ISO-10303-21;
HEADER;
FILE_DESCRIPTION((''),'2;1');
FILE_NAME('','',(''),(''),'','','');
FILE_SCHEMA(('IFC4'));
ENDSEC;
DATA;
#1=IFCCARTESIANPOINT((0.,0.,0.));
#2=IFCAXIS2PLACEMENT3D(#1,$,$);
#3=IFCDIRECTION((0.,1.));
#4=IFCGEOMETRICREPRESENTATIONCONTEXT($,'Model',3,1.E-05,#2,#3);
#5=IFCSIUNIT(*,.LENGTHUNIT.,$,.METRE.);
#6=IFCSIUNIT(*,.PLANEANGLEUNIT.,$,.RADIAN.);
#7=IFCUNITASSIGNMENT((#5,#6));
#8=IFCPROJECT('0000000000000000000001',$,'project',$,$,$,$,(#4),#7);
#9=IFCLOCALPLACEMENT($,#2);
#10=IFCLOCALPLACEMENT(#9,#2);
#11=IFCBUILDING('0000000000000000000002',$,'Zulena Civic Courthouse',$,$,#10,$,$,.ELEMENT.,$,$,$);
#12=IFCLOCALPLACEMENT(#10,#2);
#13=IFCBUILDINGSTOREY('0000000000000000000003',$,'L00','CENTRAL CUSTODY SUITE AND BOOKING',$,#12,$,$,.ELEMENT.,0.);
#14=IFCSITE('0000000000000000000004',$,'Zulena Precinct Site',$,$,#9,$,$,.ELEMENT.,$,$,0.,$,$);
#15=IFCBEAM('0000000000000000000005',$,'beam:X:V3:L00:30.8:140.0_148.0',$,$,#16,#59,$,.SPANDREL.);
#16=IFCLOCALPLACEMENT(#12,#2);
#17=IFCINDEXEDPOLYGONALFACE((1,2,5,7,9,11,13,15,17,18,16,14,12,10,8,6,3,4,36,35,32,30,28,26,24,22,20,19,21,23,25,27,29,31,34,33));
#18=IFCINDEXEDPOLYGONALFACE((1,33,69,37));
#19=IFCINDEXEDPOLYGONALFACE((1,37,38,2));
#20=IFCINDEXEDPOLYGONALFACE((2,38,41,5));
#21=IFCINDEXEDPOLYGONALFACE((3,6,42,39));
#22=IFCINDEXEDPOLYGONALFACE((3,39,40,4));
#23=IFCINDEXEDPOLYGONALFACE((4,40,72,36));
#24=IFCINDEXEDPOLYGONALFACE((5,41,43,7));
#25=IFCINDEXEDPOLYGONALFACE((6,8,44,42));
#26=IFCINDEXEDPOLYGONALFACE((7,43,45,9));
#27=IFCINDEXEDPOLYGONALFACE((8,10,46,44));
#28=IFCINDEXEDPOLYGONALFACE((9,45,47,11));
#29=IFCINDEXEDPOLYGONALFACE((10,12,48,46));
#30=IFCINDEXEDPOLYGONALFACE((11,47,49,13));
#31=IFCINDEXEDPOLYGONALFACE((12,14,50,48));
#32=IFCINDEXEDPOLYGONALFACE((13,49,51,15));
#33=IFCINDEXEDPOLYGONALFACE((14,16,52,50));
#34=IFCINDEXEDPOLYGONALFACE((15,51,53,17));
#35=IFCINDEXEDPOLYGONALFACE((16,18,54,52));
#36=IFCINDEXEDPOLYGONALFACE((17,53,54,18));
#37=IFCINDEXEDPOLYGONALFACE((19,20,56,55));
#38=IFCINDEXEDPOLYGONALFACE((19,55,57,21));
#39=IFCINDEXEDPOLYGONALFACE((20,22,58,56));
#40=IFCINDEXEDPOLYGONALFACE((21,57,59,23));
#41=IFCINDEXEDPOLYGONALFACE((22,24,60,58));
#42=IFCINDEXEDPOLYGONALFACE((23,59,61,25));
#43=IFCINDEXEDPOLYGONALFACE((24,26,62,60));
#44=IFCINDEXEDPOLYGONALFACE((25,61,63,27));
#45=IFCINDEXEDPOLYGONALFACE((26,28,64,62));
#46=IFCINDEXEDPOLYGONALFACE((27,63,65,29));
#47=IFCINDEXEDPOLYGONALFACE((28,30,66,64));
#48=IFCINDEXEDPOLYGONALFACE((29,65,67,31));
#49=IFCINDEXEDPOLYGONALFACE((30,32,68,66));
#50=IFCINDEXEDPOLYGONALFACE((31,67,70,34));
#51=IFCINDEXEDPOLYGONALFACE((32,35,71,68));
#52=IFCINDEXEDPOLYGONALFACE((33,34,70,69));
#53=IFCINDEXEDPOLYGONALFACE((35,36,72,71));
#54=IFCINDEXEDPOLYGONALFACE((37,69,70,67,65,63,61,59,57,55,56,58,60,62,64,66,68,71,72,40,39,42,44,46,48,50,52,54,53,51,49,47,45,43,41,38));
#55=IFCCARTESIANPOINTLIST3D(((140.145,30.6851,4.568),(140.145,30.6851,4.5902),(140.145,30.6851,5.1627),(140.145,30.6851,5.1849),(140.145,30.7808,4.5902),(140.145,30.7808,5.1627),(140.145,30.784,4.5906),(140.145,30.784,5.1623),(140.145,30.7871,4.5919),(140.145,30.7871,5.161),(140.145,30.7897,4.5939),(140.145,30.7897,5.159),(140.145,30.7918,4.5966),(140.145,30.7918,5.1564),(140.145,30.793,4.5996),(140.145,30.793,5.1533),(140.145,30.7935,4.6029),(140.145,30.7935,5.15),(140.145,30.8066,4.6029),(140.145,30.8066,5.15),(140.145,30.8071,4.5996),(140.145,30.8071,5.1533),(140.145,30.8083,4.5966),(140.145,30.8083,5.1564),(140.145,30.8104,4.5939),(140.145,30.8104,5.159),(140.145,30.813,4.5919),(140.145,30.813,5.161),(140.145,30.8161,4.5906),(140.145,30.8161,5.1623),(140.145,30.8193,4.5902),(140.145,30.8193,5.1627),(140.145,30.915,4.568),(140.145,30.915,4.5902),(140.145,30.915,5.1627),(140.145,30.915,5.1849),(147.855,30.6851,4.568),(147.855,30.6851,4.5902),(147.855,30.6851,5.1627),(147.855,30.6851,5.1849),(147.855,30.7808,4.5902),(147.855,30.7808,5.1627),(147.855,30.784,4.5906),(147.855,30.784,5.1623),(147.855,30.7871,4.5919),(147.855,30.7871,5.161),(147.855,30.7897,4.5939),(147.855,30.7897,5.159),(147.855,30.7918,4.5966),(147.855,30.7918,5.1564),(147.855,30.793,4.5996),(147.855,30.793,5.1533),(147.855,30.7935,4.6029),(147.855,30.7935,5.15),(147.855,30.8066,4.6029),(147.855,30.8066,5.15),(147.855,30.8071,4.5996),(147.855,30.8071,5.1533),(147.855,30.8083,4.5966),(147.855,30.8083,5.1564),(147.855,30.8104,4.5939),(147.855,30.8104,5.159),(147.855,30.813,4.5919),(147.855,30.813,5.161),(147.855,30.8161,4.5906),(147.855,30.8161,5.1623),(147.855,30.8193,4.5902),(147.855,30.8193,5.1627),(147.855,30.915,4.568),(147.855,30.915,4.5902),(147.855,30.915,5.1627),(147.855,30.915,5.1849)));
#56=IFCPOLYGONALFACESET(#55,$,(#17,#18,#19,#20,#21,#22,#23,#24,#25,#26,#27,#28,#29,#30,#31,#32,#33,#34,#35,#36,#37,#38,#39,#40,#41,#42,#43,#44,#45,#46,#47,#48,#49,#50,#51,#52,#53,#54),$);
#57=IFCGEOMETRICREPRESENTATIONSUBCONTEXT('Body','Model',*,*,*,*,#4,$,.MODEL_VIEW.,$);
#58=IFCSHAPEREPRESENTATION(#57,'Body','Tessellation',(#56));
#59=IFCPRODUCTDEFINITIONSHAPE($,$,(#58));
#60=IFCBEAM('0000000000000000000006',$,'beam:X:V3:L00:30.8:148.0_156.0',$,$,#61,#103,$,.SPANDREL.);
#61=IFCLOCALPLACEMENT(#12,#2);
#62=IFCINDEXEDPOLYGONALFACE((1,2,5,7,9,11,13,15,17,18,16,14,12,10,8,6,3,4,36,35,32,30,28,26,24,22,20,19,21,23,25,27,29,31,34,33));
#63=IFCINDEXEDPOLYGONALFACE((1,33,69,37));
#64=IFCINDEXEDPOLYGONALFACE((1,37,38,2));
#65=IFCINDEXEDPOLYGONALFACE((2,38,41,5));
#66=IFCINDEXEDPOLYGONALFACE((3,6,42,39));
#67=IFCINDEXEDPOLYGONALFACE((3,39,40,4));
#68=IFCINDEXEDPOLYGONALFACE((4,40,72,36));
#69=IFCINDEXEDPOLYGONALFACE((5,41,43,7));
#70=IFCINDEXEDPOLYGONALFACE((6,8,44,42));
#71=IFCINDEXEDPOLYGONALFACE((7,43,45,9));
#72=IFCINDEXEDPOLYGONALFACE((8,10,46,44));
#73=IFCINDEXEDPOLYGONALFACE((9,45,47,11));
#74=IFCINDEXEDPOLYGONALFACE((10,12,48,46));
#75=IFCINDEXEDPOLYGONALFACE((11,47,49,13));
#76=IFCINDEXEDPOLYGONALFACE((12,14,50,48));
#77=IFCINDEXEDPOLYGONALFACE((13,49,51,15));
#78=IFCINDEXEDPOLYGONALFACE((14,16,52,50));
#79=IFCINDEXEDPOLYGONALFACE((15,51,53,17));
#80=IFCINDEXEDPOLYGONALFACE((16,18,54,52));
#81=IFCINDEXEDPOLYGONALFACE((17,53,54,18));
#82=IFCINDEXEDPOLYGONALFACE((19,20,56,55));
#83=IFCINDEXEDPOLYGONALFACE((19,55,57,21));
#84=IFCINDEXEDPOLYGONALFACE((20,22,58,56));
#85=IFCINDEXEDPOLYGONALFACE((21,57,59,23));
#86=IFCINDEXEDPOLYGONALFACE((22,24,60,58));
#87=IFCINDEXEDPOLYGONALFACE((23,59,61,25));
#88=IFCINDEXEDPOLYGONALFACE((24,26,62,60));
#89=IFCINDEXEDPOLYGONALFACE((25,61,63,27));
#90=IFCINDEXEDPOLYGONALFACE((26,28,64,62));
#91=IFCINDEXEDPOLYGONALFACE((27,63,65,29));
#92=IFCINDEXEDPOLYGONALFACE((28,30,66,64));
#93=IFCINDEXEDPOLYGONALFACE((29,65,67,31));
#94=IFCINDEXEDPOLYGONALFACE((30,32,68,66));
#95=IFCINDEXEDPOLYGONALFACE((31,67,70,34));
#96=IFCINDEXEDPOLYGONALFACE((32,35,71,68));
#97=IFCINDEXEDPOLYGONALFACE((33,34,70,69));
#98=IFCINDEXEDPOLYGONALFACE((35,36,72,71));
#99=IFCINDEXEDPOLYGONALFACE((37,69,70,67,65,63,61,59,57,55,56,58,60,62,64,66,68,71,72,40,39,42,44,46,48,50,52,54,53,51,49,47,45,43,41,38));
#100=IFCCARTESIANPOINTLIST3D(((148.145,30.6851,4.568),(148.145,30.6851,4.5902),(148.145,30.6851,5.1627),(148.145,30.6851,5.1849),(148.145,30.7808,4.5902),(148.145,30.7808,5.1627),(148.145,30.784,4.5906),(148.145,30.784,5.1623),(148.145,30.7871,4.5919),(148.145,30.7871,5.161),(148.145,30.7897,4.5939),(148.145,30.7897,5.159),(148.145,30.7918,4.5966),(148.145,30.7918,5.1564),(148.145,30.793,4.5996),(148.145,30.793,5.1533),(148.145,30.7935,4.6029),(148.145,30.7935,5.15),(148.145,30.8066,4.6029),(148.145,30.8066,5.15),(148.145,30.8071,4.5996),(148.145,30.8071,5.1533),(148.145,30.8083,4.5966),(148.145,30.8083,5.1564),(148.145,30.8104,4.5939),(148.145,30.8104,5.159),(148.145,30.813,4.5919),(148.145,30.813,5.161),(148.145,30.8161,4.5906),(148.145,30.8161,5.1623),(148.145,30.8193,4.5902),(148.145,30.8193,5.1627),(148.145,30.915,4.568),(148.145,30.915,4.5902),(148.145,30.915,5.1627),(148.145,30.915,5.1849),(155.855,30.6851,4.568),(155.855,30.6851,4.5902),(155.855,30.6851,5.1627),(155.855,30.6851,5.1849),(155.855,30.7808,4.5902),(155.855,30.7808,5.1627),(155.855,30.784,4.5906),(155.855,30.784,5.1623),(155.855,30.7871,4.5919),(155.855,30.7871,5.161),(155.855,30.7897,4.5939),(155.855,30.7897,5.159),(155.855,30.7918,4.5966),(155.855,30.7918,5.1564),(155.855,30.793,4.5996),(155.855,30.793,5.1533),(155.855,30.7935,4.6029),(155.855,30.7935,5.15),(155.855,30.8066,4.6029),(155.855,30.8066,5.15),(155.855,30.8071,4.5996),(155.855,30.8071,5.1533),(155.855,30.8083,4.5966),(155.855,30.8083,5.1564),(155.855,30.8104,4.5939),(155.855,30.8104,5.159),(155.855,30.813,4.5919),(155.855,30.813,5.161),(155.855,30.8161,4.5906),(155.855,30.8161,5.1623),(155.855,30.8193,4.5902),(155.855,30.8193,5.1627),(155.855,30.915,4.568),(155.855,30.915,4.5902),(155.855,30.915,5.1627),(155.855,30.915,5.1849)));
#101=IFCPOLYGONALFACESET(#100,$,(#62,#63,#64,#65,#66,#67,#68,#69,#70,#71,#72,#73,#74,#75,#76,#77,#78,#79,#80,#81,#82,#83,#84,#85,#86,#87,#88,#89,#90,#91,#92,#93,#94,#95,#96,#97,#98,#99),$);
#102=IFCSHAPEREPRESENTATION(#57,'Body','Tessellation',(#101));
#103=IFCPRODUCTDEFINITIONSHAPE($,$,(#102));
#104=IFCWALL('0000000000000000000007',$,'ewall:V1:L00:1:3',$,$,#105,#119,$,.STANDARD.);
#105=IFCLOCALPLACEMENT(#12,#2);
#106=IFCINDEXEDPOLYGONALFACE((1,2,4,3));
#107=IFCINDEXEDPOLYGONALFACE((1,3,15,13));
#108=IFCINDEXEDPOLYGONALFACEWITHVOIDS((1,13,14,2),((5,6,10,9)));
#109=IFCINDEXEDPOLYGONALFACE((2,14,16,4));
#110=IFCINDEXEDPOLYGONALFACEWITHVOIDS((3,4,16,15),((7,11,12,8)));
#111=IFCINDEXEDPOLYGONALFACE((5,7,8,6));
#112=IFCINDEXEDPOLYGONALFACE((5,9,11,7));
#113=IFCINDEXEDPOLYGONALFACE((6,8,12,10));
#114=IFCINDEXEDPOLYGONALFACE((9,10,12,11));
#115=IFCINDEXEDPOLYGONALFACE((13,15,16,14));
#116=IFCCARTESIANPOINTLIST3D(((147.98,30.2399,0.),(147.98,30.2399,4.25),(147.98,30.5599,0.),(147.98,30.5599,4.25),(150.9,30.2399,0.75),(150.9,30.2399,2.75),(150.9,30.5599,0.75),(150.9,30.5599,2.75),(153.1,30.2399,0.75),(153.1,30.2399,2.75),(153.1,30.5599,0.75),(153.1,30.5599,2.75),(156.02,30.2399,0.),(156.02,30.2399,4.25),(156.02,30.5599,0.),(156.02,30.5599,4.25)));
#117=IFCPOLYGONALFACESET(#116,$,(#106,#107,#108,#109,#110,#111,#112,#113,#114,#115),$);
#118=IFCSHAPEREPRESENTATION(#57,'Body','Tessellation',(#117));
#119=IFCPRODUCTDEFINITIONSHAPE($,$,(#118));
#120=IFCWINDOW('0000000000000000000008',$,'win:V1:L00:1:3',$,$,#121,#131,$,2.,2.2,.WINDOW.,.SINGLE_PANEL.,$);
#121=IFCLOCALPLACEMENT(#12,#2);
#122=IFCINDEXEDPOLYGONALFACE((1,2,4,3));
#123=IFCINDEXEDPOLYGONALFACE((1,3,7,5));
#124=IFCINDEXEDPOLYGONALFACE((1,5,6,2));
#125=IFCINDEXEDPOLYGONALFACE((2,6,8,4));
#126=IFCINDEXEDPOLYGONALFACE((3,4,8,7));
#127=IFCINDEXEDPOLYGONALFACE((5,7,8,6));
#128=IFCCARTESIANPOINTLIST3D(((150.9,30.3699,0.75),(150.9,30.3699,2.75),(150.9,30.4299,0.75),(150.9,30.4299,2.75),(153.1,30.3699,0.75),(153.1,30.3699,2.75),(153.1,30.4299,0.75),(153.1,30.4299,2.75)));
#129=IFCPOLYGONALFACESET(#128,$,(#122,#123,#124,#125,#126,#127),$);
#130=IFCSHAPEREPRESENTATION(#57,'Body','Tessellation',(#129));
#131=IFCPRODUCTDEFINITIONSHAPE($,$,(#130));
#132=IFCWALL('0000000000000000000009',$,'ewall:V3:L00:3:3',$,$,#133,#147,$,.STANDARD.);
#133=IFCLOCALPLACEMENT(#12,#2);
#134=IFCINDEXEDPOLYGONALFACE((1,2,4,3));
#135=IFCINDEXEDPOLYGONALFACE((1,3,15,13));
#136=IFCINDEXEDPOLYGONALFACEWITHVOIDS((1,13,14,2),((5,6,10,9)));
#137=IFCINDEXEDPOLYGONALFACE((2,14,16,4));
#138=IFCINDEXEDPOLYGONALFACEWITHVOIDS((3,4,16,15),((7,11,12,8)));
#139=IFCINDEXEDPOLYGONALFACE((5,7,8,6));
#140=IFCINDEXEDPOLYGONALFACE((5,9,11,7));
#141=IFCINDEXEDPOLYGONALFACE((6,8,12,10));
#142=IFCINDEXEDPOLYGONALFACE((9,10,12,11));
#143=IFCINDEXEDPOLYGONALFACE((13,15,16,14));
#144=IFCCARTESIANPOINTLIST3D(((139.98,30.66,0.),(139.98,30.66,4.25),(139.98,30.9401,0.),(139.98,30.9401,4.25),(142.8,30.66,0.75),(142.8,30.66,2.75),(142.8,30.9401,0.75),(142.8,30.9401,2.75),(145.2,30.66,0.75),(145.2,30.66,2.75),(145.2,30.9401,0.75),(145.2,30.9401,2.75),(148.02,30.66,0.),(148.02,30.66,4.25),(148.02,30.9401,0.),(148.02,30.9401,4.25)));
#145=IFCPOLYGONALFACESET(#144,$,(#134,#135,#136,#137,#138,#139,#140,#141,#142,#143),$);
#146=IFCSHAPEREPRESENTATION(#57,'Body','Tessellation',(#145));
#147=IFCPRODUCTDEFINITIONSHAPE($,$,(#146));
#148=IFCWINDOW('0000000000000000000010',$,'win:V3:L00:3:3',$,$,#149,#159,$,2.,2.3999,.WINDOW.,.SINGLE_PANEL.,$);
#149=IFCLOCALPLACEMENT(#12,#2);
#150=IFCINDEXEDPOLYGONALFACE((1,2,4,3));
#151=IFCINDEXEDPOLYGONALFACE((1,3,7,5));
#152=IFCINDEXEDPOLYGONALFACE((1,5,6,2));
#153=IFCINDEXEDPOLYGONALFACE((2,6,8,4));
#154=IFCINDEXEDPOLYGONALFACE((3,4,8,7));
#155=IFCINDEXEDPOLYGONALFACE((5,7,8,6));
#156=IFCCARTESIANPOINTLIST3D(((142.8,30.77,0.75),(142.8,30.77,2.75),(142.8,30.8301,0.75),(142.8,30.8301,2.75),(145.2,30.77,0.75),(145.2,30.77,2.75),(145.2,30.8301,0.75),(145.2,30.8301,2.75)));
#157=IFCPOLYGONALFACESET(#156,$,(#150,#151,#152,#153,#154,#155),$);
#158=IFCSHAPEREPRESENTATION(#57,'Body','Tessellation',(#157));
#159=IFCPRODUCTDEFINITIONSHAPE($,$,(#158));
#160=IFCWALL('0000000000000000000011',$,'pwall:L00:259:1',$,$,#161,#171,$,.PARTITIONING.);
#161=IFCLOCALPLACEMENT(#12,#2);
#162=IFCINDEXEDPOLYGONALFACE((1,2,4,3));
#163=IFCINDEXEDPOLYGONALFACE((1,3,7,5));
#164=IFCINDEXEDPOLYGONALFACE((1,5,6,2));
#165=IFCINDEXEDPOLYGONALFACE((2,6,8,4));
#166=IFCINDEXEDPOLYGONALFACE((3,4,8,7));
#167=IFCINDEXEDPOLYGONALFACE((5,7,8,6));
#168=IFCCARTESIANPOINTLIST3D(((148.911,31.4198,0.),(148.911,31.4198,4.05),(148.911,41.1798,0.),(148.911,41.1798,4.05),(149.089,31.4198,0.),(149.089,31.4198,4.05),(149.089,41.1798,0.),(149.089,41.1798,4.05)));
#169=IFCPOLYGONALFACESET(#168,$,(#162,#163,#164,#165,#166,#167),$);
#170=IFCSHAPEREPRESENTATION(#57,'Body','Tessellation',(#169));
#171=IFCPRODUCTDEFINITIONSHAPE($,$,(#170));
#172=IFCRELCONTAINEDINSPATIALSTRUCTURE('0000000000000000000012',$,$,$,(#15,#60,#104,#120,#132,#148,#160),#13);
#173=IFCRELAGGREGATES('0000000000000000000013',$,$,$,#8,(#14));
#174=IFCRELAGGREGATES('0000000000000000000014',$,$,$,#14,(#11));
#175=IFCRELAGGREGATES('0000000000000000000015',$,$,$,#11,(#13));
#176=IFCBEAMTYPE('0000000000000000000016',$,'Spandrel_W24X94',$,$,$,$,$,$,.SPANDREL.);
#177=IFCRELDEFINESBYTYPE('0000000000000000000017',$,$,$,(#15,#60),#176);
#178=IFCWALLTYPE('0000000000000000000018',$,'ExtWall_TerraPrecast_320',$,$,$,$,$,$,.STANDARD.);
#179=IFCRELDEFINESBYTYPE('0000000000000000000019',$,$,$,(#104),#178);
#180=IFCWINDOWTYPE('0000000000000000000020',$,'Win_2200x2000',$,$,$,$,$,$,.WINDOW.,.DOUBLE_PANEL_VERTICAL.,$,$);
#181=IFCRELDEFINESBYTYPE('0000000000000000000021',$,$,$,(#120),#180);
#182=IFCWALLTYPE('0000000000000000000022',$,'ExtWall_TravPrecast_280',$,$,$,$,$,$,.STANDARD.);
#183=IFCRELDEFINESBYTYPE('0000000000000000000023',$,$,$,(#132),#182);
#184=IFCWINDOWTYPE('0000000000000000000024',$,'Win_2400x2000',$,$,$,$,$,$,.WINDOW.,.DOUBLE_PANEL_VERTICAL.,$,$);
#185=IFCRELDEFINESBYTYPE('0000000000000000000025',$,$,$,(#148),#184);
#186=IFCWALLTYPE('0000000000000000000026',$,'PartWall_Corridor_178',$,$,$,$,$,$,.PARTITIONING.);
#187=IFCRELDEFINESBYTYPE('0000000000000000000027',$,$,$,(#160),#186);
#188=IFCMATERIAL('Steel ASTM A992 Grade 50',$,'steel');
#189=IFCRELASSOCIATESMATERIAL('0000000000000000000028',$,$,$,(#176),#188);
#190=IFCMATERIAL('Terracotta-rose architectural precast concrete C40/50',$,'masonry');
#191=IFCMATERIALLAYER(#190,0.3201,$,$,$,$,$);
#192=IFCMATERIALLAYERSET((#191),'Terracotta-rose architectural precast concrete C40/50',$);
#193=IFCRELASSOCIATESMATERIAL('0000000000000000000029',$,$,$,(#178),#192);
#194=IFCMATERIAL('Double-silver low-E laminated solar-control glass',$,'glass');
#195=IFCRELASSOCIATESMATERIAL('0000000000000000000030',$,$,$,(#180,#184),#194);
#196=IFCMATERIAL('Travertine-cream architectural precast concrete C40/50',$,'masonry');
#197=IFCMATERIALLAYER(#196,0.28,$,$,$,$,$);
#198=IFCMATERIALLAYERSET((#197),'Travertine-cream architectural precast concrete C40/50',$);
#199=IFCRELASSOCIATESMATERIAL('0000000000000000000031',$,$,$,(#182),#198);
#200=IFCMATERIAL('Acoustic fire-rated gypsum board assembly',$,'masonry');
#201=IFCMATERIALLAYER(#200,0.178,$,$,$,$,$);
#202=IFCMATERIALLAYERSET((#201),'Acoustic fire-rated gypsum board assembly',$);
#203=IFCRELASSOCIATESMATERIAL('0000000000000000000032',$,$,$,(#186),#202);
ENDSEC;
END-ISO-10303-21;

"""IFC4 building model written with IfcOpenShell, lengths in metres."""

from ifc_helpers import new_model, si_unit, direction, frame, frame_2d, origin, origin_2d, place, context, subcontext, project, spatial, rectangle, i_section, extrude, material, layer, layer_set, material_profile, profile_set, type_object, element, fill, save


model = new_model("IFC4")

# Units and contexts
model_context = context("Model", 3, precision=1e-05, world=origin(), true_north=direction((0.0, 1.0)))
body_context = subcontext(model_context, "Body", "Model", "MODEL_VIEW")
ifc_project = project(units=[si_unit("LENGTHUNIT", "METRE"), si_unit("PLANEANGLEUNIT", "RADIAN")], contexts=[model_context])

# Site, building, storey
site_placement = place(None, origin())
site = spatial("IfcSite", under=ifc_project, at=site_placement, Name="Zulena Precinct Site", CompositionType="ELEMENT", RefElevation=0.0)
building_placement = place(site_placement, origin())
building = spatial("IfcBuilding", under=site, at=building_placement, Name="Zulena Civic Courthouse", CompositionType="ELEMENT")
storey_placement = place(building_placement, origin())
storey = spatial("IfcBuildingStorey", under=building, at=storey_placement, Name="L00", Description="CENTRAL CUSTODY SUITE AND BOOKING", CompositionType="ELEMENT", Elevation=0.0)

# Shared definitions
ifc_material_1 = material(Name="Steel ASTM A992 Grade 50", Category="steel")

# Beams
ifc_material_profile_1 = material_profile(ifc_material_1, i_section(OverallWidth=0.23, OverallDepth=0.6169, WebThickness=0.0132, FlangeThickness=0.0222, FilletRadius=0.0127, at=origin_2d()), Name="W24X94")
ifc_profile_set_1 = profile_set([ifc_material_profile_1], Name="Steel ASTM A992 Grade 50")
beam_type_1 = type_object("IfcBeamType", Name="Spandrel_W24X94", PredefinedType="SPANDREL", material=ifc_profile_set_1)
for number, where, z_axis, x_axis, name in (
    (1, (140.145, 30.8, 4.8765), (1.0, 0.0, 0.0), (0.0, 1.0, 0.0), "beam:X:V3:L00:30.8:140.0_148.0"),
    (2, (148.145, 30.8, 4.8765), (1.0, 0.0, 0.0), (0.0, 1.0, 0.0), "beam:X:V3:L00:30.8:148.0_156.0"),
):
    element("IfcBeam", number, at=place(storey_placement, frame(where, z_axis=z_axis, x_axis=x_axis)), inside=storey, type_object=beam_type_1, Name=name, PredefinedType="SPANDREL", context=body_context, shape_type="SweptSolid", body=[
        extrude(i_section(OverallWidth=0.23, OverallDepth=0.6169, WebThickness=0.0132, FlangeThickness=0.0222, FilletRadius=0.0127, at=origin_2d()), origin(), (0.0, 0.0, 1.0), 7.71),
    ])

# Walls, openings, windows
ifc_material_2 = material(Name="Terracotta-rose architectural precast concrete C40/50", Category="masonry")
ifc_layer_1 = layer(ifc_material_2, 0.3201)
ifc_layer_set_1 = layer_set([ifc_layer_1], Name="Terracotta-rose architectural precast concrete C40/50")
wall_type_1 = type_object("IfcWallType", Name="ExtWall_TerraPrecast_320", PredefinedType="STANDARD", material=ifc_layer_set_1)
wall_1_placement = place(storey_placement, frame((147.98, 30.3999, 0.0), z_axis=(0.0, 0.0, 1.0), x_axis=(1.0, 0.0, 0.0)))
wall_1 = element("IfcWall", 3, at=wall_1_placement, inside=storey, type_object=wall_type_1, Name="ewall:V1:L00:1:3", PredefinedType="STANDARD", context=body_context, shape_type="SweptSolid", body=[
    extrude(rectangle(XDim=8.04, YDim=0.3201, at=frame_2d((4.02, 0.0))), origin(), (0.0, 0.0, 1.0), 4.25),
])
opening_1_placement = place(wall_1_placement, frame((2.9199, 0.0, 0.75)))
opening_1 = element("IfcOpeningElement", 4, at=opening_1_placement, cuts=wall_1, PredefinedType="OPENING", context=body_context, shape_type="SweptSolid", body=[
    extrude(rectangle(XDim=2.2, YDim=2.0, at=frame_2d((1.1001, 1.0))), frame((0.0, 0.1699, 0.0), z_axis=(0.0, -1.0, 0.0), x_axis=(1.0, 0.0, 0.0)), (0.0, 0.0, 1.0), 0.3401),
])
ifc_material_3 = material(Name="Double-silver low-E laminated solar-control glass", Category="glass")
window_type_1 = type_object("IfcWindowType", Name="Win_2200x2000", PartitioningType="DOUBLE_PANEL_VERTICAL", PredefinedType="WINDOW", material=ifc_material_3)
window_1_placement = place(opening_1_placement, origin())
window_1 = element("IfcWindow", 5, at=window_1_placement, inside=storey, type_object=window_type_1, Name="win:V1:L00:1:3", OverallHeight=2.0, OverallWidth=2.2, PartitioningType="SINGLE_PANEL", PredefinedType="WINDOW", context=body_context, shape_type="SweptSolid", body=[
    extrude(rectangle(XDim=2.2, YDim=2.0, at=frame_2d((1.1001, 1.0))), frame((0.0, 0.03, 0.0), z_axis=(0.0, -1.0, 0.0), x_axis=(1.0, 0.0, 0.0)), (0.0, 0.0, 1.0), 0.0601),
])
fill(opening_1, window_1)
ifc_material_4 = material(Name="Travertine-cream architectural precast concrete C40/50", Category="masonry")
ifc_layer_2 = layer(ifc_material_4, 0.28)
ifc_layer_set_2 = layer_set([ifc_layer_2], Name="Travertine-cream architectural precast concrete C40/50")
wall_type_2 = type_object("IfcWallType", Name="ExtWall_TravPrecast_280", PredefinedType="STANDARD", material=ifc_layer_set_2)
wall_2_placement = place(storey_placement, frame((148.02, 30.8, 0.0), z_axis=(0.0, 0.0, 1.0), x_axis=(-1.0, 0.0, 0.0)))
wall_2 = element("IfcWall", 6, at=wall_2_placement, inside=storey, type_object=wall_type_2, Name="ewall:V3:L00:3:3", PredefinedType="STANDARD", context=body_context, shape_type="SweptSolid", body=[
    extrude(rectangle(XDim=8.04, YDim=0.28, at=frame_2d((4.02, 0.0))), origin(), (0.0, 0.0, 1.0), 4.25),
])
opening_2_placement = place(wall_2_placement, frame((2.8201, 0.0, 0.75)))
opening_2 = element("IfcOpeningElement", 7, at=opening_2_placement, cuts=wall_2, PredefinedType="OPENING", context=body_context, shape_type="SweptSolid", body=[
    extrude(rectangle(XDim=2.3999, YDim=2.0, at=frame_2d((1.2, 1.0))), frame((0.0, 0.1499, 0.0), z_axis=(0.0, -1.0, 0.0), x_axis=(1.0, 0.0, 0.0)), (0.0, 0.0, 1.0), 0.3),
])
window_type_2 = type_object("IfcWindowType", Name="Win_2400x2000", PartitioningType="DOUBLE_PANEL_VERTICAL", PredefinedType="WINDOW", material=ifc_material_3)
window_2_placement = place(opening_2_placement, origin())
window_2 = element("IfcWindow", 8, at=window_2_placement, inside=storey, type_object=window_type_2, Name="win:V3:L00:3:3", OverallHeight=2.0, OverallWidth=2.3999, PartitioningType="SINGLE_PANEL", PredefinedType="WINDOW", context=body_context, shape_type="SweptSolid", body=[
    extrude(rectangle(XDim=2.3999, YDim=2.0, at=frame_2d((1.2, 1.0))), frame((0.0, 0.03, 0.0), z_axis=(0.0, -1.0, 0.0), x_axis=(1.0, 0.0, 0.0)), (0.0, 0.0, 1.0), 0.0601),
])
fill(opening_2, window_2)

# Wall
ifc_material_5 = material(Name="Acoustic fire-rated gypsum board assembly", Category="masonry")
ifc_layer_3 = layer(ifc_material_5, 0.178)
ifc_layer_set_3 = layer_set([ifc_layer_3], Name="Acoustic fire-rated gypsum board assembly")
wall_type_3 = type_object("IfcWallType", Name="PartWall_Corridor_178", PredefinedType="PARTITIONING", material=ifc_layer_set_3)
wall_3_placement = place(storey_placement, frame((149.0, 31.4199, 0.0), z_axis=(0.0, 0.0, 1.0), x_axis=(0.0, 1.0, 0.0)))
element("IfcWall", 9, at=wall_3_placement, inside=storey, type_object=wall_type_3, Name="pwall:L00:259:1", PredefinedType="PARTITIONING", context=body_context, shape_type="SweptSolid", body=[
    extrude(rectangle(XDim=9.76, YDim=0.178, at=frame_2d((4.8799, 0.0))), origin(), (0.0, 0.0, 1.0), 4.05),
])

save(model, "model.ifc")
